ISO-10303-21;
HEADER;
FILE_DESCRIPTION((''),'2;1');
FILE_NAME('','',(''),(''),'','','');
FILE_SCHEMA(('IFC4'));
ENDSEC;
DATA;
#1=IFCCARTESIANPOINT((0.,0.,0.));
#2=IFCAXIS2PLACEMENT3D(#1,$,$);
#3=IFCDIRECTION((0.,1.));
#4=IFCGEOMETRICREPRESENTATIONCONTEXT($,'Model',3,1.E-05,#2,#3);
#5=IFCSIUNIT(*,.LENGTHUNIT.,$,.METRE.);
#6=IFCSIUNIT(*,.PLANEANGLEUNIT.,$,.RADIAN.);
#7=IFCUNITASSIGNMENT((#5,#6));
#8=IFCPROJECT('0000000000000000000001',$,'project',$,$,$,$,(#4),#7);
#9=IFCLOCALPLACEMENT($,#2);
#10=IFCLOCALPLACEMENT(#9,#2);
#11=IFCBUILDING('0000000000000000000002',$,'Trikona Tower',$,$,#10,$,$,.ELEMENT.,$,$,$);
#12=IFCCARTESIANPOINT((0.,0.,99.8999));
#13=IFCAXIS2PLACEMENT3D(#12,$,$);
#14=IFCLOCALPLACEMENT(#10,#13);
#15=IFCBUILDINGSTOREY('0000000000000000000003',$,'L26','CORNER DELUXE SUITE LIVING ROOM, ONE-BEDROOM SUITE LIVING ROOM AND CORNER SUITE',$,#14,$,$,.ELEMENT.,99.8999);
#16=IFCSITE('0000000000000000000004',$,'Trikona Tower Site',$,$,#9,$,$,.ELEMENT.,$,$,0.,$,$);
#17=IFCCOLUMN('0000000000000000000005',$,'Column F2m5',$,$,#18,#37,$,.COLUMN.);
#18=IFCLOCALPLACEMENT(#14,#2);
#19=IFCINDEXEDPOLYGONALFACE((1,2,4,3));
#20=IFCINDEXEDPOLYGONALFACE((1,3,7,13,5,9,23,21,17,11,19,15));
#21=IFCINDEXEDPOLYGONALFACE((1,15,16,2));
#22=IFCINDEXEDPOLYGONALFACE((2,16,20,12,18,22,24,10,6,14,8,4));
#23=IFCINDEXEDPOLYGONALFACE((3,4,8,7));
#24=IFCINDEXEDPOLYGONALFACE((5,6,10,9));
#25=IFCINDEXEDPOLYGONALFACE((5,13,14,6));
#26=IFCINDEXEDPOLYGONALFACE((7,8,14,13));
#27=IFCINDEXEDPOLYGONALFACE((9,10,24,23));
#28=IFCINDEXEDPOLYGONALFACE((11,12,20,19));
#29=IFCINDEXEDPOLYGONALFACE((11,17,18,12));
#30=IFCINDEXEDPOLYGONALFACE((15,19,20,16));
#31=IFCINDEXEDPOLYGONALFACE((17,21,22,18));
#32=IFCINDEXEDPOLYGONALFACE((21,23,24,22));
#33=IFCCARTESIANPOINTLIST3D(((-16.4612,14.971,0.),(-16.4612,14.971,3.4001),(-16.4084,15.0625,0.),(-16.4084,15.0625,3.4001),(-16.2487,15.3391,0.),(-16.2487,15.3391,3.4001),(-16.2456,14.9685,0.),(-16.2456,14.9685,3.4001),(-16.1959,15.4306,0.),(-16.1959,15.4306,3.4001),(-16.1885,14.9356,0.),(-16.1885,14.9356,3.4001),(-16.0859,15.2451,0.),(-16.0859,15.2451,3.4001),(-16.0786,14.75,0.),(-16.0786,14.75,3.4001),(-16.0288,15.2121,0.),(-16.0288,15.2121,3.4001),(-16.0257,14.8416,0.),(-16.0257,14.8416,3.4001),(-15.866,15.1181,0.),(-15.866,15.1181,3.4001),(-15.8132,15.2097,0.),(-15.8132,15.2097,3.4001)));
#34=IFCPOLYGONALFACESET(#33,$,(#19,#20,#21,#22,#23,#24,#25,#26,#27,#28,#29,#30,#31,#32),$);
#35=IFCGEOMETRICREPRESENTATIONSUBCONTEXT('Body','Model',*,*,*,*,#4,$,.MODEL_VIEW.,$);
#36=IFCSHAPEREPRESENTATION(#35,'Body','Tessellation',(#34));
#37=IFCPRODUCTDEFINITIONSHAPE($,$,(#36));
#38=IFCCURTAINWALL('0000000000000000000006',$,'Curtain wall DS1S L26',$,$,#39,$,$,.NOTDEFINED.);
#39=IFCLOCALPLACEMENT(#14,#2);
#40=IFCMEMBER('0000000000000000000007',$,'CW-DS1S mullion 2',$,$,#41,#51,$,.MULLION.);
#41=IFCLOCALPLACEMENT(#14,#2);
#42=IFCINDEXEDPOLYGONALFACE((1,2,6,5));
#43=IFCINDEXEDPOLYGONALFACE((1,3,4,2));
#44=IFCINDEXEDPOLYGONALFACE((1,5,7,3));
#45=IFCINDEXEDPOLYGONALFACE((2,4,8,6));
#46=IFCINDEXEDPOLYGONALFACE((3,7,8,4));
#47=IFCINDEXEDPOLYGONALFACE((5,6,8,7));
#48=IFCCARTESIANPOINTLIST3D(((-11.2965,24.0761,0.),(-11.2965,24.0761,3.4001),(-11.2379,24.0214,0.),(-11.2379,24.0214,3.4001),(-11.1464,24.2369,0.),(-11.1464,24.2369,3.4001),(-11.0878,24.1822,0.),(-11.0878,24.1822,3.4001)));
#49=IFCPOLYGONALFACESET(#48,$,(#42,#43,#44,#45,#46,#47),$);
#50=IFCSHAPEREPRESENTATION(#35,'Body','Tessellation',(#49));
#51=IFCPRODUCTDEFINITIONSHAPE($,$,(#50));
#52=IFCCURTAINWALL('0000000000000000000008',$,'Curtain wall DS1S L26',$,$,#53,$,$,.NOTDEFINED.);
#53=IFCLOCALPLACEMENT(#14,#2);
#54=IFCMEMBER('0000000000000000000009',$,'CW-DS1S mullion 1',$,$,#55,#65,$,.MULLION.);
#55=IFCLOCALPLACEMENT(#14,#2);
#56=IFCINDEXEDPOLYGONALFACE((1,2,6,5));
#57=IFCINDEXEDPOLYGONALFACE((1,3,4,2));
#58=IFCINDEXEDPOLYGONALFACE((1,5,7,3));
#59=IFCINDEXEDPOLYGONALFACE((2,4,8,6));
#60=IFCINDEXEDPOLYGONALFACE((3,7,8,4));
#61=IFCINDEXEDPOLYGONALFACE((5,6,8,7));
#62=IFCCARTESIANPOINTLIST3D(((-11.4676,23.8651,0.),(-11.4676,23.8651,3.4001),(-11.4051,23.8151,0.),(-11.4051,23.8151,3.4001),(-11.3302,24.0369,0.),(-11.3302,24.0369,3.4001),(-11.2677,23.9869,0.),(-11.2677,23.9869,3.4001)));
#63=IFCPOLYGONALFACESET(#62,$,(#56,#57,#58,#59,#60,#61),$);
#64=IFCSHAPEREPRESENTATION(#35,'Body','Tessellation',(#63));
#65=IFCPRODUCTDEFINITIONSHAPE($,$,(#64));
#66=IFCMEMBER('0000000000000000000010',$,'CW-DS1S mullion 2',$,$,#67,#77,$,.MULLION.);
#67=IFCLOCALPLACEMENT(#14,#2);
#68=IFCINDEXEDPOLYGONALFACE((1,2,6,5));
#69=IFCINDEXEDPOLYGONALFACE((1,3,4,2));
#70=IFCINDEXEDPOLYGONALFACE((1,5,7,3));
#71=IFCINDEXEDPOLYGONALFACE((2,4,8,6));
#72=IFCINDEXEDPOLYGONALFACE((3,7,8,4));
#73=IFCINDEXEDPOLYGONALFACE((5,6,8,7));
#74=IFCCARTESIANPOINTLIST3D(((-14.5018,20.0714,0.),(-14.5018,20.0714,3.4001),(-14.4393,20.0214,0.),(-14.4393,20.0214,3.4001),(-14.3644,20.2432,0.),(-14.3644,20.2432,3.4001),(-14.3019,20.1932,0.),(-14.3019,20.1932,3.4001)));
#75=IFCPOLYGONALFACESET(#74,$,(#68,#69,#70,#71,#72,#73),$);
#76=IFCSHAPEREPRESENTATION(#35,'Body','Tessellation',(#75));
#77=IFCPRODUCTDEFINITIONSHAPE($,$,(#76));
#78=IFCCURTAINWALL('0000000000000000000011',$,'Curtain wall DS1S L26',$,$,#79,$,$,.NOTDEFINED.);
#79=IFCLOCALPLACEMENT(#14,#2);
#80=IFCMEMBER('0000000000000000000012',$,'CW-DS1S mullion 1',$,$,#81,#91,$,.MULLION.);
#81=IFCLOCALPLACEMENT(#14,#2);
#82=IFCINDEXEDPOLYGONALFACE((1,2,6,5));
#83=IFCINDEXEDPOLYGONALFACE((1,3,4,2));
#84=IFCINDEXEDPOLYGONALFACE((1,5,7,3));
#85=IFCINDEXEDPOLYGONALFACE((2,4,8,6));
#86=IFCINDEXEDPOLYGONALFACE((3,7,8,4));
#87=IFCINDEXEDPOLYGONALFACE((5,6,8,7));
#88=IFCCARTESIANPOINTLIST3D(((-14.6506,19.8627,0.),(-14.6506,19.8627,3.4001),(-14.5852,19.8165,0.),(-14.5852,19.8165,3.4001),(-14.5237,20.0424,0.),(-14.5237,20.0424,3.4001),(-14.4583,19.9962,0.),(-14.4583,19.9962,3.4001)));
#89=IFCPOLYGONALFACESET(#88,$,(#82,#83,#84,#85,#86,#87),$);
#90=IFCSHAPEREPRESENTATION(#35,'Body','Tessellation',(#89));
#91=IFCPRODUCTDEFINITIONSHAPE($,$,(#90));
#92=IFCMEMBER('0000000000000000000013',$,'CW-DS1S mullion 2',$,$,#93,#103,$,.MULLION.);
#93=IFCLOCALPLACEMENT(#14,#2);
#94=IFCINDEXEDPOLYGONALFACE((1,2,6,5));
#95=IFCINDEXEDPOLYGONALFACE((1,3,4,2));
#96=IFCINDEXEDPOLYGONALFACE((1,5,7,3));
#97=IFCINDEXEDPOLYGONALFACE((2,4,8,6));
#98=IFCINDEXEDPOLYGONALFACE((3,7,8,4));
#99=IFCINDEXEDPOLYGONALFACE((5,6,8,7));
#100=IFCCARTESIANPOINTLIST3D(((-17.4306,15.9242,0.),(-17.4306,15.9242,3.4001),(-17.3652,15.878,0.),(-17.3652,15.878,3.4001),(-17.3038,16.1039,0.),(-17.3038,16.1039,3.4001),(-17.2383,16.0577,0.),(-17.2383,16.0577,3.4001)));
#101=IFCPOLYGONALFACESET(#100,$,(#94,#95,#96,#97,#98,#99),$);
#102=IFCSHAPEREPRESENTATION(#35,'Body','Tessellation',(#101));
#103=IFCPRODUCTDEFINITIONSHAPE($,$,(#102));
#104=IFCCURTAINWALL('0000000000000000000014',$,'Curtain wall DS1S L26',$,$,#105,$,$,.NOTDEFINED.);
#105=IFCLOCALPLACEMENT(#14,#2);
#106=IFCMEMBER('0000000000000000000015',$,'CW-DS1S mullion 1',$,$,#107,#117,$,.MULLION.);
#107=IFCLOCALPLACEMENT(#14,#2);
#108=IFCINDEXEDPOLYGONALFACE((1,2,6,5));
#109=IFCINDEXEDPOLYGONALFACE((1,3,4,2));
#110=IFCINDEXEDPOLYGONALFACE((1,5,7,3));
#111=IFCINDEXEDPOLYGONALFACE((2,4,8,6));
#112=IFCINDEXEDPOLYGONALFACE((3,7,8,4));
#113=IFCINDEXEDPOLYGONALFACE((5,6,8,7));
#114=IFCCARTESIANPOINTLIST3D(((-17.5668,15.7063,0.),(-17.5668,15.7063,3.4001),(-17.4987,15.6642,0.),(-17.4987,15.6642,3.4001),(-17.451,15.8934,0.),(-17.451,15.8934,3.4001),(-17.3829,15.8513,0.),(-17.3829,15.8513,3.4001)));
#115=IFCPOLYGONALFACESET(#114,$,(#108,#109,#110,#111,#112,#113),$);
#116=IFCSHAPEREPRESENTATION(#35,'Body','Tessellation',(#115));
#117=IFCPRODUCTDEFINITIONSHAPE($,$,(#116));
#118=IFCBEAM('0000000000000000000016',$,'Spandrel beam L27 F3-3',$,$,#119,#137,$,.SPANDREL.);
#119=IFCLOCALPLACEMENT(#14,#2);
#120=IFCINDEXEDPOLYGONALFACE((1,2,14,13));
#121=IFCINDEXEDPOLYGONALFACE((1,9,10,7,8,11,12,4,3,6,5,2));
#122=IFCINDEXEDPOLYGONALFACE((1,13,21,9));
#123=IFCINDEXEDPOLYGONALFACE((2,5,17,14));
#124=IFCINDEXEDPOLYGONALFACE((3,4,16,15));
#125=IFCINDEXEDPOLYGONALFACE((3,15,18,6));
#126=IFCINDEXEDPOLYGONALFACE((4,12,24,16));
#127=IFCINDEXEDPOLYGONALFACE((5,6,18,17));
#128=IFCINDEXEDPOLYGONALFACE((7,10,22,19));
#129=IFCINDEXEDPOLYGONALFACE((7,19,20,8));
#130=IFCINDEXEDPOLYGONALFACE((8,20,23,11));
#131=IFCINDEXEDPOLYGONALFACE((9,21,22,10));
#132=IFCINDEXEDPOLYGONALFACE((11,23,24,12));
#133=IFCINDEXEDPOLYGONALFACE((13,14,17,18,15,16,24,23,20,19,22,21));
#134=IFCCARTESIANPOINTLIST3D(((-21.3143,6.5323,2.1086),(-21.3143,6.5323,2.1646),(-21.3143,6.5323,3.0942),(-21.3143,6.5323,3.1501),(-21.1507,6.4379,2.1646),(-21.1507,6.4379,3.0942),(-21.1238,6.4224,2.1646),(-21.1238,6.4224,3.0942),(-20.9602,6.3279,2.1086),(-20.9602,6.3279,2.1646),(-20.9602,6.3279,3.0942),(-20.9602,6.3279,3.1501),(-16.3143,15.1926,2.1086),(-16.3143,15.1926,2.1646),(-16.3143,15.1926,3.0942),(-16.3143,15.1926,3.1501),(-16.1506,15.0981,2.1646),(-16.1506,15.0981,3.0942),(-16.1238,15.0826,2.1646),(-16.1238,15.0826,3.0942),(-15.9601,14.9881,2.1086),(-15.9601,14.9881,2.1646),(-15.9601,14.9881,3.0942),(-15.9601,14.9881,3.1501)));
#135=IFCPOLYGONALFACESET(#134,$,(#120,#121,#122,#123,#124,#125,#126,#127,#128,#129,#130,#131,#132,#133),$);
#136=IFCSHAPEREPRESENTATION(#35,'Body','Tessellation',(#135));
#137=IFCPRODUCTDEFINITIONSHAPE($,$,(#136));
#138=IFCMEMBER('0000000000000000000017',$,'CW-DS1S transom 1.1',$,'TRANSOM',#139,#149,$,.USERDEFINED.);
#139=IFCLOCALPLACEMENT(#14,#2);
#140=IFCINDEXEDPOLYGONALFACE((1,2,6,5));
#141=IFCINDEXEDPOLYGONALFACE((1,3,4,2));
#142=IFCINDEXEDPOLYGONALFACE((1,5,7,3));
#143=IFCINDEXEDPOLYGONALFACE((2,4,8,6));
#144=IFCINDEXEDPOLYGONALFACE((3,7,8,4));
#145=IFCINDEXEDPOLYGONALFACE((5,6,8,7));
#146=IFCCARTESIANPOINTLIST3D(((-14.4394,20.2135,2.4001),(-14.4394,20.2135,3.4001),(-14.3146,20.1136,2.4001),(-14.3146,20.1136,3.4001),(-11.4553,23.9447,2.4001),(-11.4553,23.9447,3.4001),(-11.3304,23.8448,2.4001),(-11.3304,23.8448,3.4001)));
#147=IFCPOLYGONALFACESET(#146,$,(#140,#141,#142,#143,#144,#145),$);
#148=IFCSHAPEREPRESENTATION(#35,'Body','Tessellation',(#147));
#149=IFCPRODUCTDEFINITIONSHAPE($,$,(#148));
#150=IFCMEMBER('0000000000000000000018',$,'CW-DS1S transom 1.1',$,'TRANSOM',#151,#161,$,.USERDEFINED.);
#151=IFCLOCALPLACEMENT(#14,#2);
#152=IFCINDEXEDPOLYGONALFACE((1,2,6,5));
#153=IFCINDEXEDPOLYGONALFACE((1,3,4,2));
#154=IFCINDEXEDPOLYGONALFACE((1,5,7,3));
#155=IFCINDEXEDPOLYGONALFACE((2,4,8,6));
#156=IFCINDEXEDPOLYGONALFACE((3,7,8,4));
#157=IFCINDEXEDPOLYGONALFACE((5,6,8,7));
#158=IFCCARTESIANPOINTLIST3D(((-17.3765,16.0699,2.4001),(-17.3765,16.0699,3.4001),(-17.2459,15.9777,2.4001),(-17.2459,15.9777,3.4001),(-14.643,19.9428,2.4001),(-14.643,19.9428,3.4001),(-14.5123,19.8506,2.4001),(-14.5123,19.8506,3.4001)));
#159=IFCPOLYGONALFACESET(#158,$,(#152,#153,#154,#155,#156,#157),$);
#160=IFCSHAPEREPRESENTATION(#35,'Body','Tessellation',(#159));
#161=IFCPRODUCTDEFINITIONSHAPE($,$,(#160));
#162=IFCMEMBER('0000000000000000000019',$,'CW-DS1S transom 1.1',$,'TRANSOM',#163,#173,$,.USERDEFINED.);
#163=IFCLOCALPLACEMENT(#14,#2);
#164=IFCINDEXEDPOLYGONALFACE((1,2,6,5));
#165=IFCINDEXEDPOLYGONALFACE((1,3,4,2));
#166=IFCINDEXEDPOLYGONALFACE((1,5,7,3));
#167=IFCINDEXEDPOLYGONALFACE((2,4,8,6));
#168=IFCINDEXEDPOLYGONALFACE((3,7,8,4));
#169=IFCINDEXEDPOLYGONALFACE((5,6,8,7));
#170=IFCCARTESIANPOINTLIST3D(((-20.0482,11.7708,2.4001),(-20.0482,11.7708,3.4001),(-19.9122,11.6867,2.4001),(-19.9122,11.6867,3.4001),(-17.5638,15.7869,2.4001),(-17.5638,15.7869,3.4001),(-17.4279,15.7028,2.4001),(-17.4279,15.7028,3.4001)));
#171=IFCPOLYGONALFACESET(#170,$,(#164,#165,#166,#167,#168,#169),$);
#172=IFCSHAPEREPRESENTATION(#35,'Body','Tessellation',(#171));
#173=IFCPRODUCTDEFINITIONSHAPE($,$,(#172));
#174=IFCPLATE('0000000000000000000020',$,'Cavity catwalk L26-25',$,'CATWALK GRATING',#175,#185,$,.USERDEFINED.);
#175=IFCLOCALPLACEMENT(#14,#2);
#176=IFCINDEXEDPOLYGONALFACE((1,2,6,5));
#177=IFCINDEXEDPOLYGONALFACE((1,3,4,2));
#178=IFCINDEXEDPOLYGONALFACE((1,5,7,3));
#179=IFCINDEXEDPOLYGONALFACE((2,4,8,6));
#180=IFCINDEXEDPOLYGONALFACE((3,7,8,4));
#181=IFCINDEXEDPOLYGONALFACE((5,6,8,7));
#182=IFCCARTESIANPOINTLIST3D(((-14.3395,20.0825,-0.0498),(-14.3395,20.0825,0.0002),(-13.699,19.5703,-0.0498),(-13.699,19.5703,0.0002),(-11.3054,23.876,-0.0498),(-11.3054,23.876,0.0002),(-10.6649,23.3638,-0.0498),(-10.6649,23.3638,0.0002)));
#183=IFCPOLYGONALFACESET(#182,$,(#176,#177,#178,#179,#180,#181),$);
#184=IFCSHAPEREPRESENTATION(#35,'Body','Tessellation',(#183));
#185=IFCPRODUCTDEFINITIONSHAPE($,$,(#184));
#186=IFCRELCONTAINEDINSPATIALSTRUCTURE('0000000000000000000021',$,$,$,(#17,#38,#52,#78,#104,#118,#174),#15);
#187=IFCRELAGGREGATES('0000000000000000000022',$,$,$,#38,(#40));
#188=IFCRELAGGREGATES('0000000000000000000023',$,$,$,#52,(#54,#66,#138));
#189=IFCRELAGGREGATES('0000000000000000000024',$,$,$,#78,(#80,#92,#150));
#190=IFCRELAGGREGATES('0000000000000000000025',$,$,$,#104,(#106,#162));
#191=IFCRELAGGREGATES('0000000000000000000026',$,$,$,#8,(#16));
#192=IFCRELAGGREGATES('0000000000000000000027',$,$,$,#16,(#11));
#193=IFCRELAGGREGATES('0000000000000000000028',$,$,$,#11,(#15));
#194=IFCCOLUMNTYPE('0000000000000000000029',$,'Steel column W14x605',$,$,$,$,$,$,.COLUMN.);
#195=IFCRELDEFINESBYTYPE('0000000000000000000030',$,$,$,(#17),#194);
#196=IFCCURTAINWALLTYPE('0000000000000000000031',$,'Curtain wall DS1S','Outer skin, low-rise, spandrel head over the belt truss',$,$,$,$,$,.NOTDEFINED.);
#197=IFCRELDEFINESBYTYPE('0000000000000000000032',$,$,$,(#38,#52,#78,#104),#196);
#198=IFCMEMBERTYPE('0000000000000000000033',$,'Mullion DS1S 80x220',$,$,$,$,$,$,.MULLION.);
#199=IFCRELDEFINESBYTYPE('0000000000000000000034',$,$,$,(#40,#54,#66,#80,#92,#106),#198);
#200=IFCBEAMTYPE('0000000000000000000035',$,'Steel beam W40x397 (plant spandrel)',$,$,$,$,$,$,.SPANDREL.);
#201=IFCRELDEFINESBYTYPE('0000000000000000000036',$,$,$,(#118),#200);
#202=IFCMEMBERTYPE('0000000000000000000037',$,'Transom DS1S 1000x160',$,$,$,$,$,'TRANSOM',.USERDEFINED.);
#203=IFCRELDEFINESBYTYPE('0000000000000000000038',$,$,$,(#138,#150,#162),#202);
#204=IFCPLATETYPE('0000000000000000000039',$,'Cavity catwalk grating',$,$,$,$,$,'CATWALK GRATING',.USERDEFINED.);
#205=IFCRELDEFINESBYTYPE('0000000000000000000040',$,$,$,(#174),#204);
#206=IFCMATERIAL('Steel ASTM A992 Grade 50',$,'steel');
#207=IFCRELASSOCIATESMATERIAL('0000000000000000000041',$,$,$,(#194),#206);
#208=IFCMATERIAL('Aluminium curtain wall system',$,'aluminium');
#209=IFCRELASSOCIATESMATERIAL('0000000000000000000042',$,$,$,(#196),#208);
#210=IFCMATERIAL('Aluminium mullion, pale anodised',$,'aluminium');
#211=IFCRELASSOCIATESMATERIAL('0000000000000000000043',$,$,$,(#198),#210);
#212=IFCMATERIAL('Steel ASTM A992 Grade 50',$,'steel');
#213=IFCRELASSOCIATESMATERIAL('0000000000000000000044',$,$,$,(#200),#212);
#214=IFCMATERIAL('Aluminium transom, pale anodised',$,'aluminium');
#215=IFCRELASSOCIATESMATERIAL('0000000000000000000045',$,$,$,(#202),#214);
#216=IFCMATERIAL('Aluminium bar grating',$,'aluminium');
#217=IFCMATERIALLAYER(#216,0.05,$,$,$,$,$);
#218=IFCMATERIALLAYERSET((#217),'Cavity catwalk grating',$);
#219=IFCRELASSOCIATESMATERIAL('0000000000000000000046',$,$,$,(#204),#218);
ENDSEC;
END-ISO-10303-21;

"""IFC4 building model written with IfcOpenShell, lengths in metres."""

from ifc_helpers import new_model, si_unit, direction, frame, origin, origin_2d, place, context, subcontext, project, spatial, rectangle, i_section, extrude, material, layer, layer_set, material_profile, profile_set, type_object, element, aggregate, save


model = new_model("IFC4")

# Units and contexts
model_context = context("Model", 3, precision=1e-05, world=origin(), true_north=direction((0.0, 1.0)))
body_context = subcontext(model_context, "Body", "Model", "MODEL_VIEW")
ifc_project = project(units=[si_unit("LENGTHUNIT", "METRE"), si_unit("PLANEANGLEUNIT", "RADIAN")], contexts=[model_context])

# Site, building, storey
site_placement = place(None, origin())
site = spatial("IfcSite", under=ifc_project, at=site_placement, Name="Trikona Tower Site", CompositionType="ELEMENT", RefElevation=0.0)
building_placement = place(site_placement, origin())
building = spatial("IfcBuilding", under=site, at=building_placement, Name="Trikona Tower", CompositionType="ELEMENT")
storey_placement = place(building_placement, frame((0.0, 0.0, 99.8999)))
storey = spatial("IfcBuildingStorey", under=building, at=storey_placement, Name="L26", Description="CORNER DELUXE SUITE LIVING ROOM, ONE-BEDROOM SUITE LIVING ROOM AND CORNER SUITE", CompositionType="ELEMENT", Elevation=99.8999)

# Column
ifc_material_1 = material(Name="Steel ASTM A992 Grade 50", Category="steel")
ifc_material_profile_1 = material_profile(ifc_material_1, i_section(OverallWidth=0.4419, OverallDepth=0.5308, WebThickness=0.0659, FlangeThickness=0.1057, at=origin_2d()), Name="W14X605")
ifc_profile_set_1 = profile_set([ifc_material_profile_1], Name="Steel ASTM A992 Grade 50")
column_type = type_object("IfcColumnType", Name="Steel column W14x605", PredefinedType="COLUMN", material=ifc_profile_set_1)
column_placement = place(storey_placement, frame((-16.1372, 15.0903, 0.0), z_axis=(0.0, 0.0, 1.0), x_axis=(-0.866025, 0.5, 0.0)))
element("IfcColumn", 1, at=column_placement, inside=storey, type_object=column_type, Name="Column F2m5", PredefinedType="COLUMN", context=body_context, shape_type="SweptSolid", body=[
    extrude(i_section(OverallWidth=0.4419, OverallDepth=0.5308, WebThickness=0.0659, FlangeThickness=0.1057, at=origin_2d()), origin(), (0.0, 0.0, 1.0), 3.4001),
])

# Curtain wall, member
ifc_material_2 = material(Name="Aluminium curtain wall system", Category="aluminium")
curtain_wall_type = type_object("IfcCurtainWallType", Name="Curtain wall DS1S", Description="Outer skin, low-rise, spandrel head over the belt truss", PredefinedType="NOTDEFINED", material=ifc_material_2)
curtain_wall_1_placement = place(storey_placement, origin())
curtain_wall_1 = element("IfcCurtainWall", 2, at=curtain_wall_1_placement, inside=storey, type_object=curtain_wall_type, Name="Curtain wall DS1S L26", PredefinedType="NOTDEFINED")
ifc_material_3 = material(Name="Aluminium mullion, pale anodised", Category="aluminium")
ifc_material_profile_2 = material_profile(ifc_material_3, rectangle(XDim=0.0801, YDim=0.22, at=origin_2d()), Name="MUL-DS1S")
ifc_profile_set_2 = profile_set([ifc_material_profile_2], Name="Aluminium mullion, pale anodised")
member_type_1 = type_object("IfcMemberType", Name="Mullion DS1S 80x220", PredefinedType="MULLION", material=ifc_profile_set_2)
member_1_placement = place(storey_placement, frame((-11.1921, 24.1292, 0.0), z_axis=(0.0, 0.0, 1.0), x_axis=(0.731077, -0.682295, 0.0)))
member_1 = element("IfcMember", 3, at=member_1_placement, type_object=member_type_1, Name="CW-DS1S mullion 2", PredefinedType="MULLION", context=body_context, shape_type="SweptSolid", body=[
    extrude(rectangle(XDim=0.0801, YDim=0.22, at=origin_2d()), origin(), (0.0, 0.0, 1.0), 3.4001),
])
aggregate(curtain_wall_1, [member_1])

# Curtain walls, members
curtain_wall_2_placement = place(storey_placement, origin())
curtain_wall_2 = element("IfcCurtainWall", 4, at=curtain_wall_2_placement, inside=storey, type_object=curtain_wall_type, Name="Curtain wall DS1S L26", PredefinedType="NOTDEFINED")
member_2_placement = place(storey_placement, frame((-11.3677, 23.926, 0.0), z_axis=(0.0, 0.0, 1.0), x_axis=(0.780938, -0.624609, 0.0)))
member_2 = element("IfcMember", 5, at=member_2_placement, type_object=member_type_1, Name="CW-DS1S mullion 1", PredefinedType="MULLION", context=body_context, shape_type="SweptSolid", body=[
    extrude(rectangle(XDim=0.0801, YDim=0.22, at=origin_2d()), origin(), (0.0, 0.0, 1.0), 3.4001),
])
member_3_placement = place(storey_placement, frame((-14.4019, 20.1323, 0.0), z_axis=(0.0, 0.0, 1.0), x_axis=(0.780938, -0.624609, 0.0)))
member_3 = element("IfcMember", 6, at=member_3_placement, type_object=member_type_1, Name="CW-DS1S mullion 2", PredefinedType="MULLION", context=body_context, shape_type="SweptSolid", body=[
    extrude(rectangle(XDim=0.0801, YDim=0.22, at=origin_2d()), origin(), (0.0, 0.0, 1.0), 3.4001),
])
curtain_wall_3_placement = place(storey_placement, origin())
curtain_wall_3 = element("IfcCurtainWall", 7, at=curtain_wall_3_placement, inside=storey, type_object=curtain_wall_type, Name="Curtain wall DS1S L26", PredefinedType="NOTDEFINED")
member_4_placement = place(storey_placement, frame((-14.5544, 19.9294, 0.0), z_axis=(0.0, 0.0, 1.0), x_axis=(0.816985, -0.576658, 0.0)))
member_4 = element("IfcMember", 8, at=member_4_placement, type_object=member_type_1, Name="CW-DS1S mullion 1", PredefinedType="MULLION", context=body_context, shape_type="SweptSolid", body=[
    extrude(rectangle(XDim=0.0801, YDim=0.22, at=origin_2d()), origin(), (0.0, 0.0, 1.0), 3.4001),
])
member_5_placement = place(storey_placement, frame((-17.3345, 15.991, 0.0), z_axis=(0.0, 0.0, 1.0), x_axis=(0.816985, -0.576658, 0.0)))
member_5 = element("IfcMember", 9, at=member_5_placement, type_object=member_type_1, Name="CW-DS1S mullion 2", PredefinedType="MULLION", context=body_context, shape_type="SweptSolid", body=[
    extrude(rectangle(XDim=0.0801, YDim=0.22, at=origin_2d()), origin(), (0.0, 0.0, 1.0), 3.4001),
])

# Curtain wall, member
curtain_wall_4_placement = place(storey_placement, origin())
curtain_wall_4 = element("IfcCurtainWall", 10, at=curtain_wall_4_placement, inside=storey, type_object=curtain_wall_type, Name="Curtain wall DS1S L26", PredefinedType="NOTDEFINED")
member_6_placement = place(storey_placement, frame((-17.4749, 15.7788, 0.0), z_axis=(0.0, 0.0, 1.0), x_axis=(0.85041, -0.52612, 0.0)))
member_6 = element("IfcMember", 11, at=member_6_placement, type_object=member_type_1, Name="CW-DS1S mullion 1", PredefinedType="MULLION", context=body_context, shape_type="SweptSolid", body=[
    extrude(rectangle(XDim=0.0801, YDim=0.22, at=origin_2d()), origin(), (0.0, 0.0, 1.0), 3.4001),
])

# Beam
ifc_material_4 = material(Name="Steel ASTM A992 Grade 50", Category="steel")
ifc_material_profile_3 = material_profile(ifc_material_4, i_section(OverallWidth=0.4089, OverallDepth=1.0415, WebThickness=0.031, FlangeThickness=0.0559, at=origin_2d()), Name="W40X397")
ifc_profile_set_3 = profile_set([ifc_material_profile_3], Name="Steel ASTM A992 Grade 50")
beam_type = type_object("IfcBeamType", Name="Steel beam W40x397 (plant spandrel)", PredefinedType="SPANDREL", material=ifc_profile_set_3)
beam_placement = place(storey_placement, frame((-16.1372, 15.0903, 2.6294), z_axis=(-0.500004, -0.866023, 0.0), x_axis=(0.866023, -0.500004, 0.0)))
element("IfcBeam", 12, at=beam_placement, inside=storey, type_object=beam_type, Name="Spandrel beam L27 F3-3", PredefinedType="SPANDREL", context=body_context, shape_type="SweptSolid", body=[
    extrude(i_section(OverallWidth=0.4089, OverallDepth=1.0415, WebThickness=0.031, FlangeThickness=0.0559, at=origin_2d()), origin(), (0.0, 0.0, 1.0), 10.0),
])

# Members
ifc_material_5 = material(Name="Aluminium transom, pale anodised", Category="aluminium")
ifc_material_profile_4 = material_profile(ifc_material_5, rectangle(XDim=0.1599, YDim=1.0, at=origin_2d()), Name="TRN-DS1S")
ifc_profile_set_4 = profile_set([ifc_material_profile_4], Name="Aluminium transom, pale anodised")
member_type_2 = type_object("IfcMemberType", Name="Transom DS1S 1000x160", ElementType="TRANSOM", PredefinedType="USERDEFINED", material=ifc_profile_set_4)
member_7_placement = place(storey_placement, frame((-11.3928, 23.8948, 2.9001), z_axis=(-0.624589, -0.780954, 0.0), x_axis=(0.780954, -0.624589, 0.0)))
member_7 = element("IfcMember", 13, at=member_7_placement, type_object=member_type_2, Name="CW-DS1S transom 1.1", ObjectType="TRANSOM", PredefinedType="USERDEFINED", context=body_context, shape_type="SweptSolid", body=[
    extrude(rectangle(XDim=0.1599, YDim=1.0, at=origin_2d()), origin(), (0.0, 0.0, 1.0), 4.7778),
])
member_8_placement = place(storey_placement, frame((-14.5776, 19.8967, 2.9001), z_axis=(-0.576645, -0.816995, 0.0), x_axis=(0.816995, -0.576645, 0.0)))
member_8 = element("IfcMember", 14, at=member_8_placement, type_object=member_type_2, Name="CW-DS1S transom 1.1", ObjectType="TRANSOM", PredefinedType="USERDEFINED", context=body_context, shape_type="SweptSolid", body=[
    extrude(rectangle(XDim=0.1599, YDim=1.0, at=origin_2d()), origin(), (0.0, 0.0, 1.0), 4.7405),
])
member_9_placement = place(storey_placement, frame((-17.4958, 15.7449, 2.9001), z_axis=(-0.526081, -0.850435, 0.0), x_axis=(0.850435, -0.526081, 0.0)))
member_9 = element("IfcMember", 15, at=member_9_placement, type_object=member_type_2, Name="CW-DS1S transom 1.1", ObjectType="TRANSOM", PredefinedType="USERDEFINED", context=body_context, shape_type="SweptSolid", body=[
    extrude(rectangle(XDim=0.1599, YDim=1.0, at=origin_2d()), origin(), (0.0, 0.0, 1.0), 4.7224),
])

# Plate
ifc_material_6 = material(Name="Aluminium bar grating", Category="aluminium")
ifc_layer_1 = layer(ifc_material_6, 0.05)
ifc_layer_set_1 = layer_set([ifc_layer_1], Name="Cavity catwalk grating")
plate_type_1 = type_object("IfcPlateType", Name="Cavity catwalk grating", ElementType="CATWALK GRATING", PredefinedType="USERDEFINED", material=ifc_layer_set_1)
plate_1_placement = place(storey_placement, frame((-12.5022, 21.7231, -0.0498), z_axis=(0.0, 0.0, 1.0), x_axis=(-0.624604, -0.780942, 0.0)))
element("IfcPlate", 16, at=plate_1_placement, inside=storey, type_object=plate_type_1, Name="Cavity catwalk L26-25", ObjectType="CATWALK GRATING", PredefinedType="USERDEFINED", context=body_context, shape_type="SweptSolid", body=[
    extrude(rectangle(XDim=4.8577, YDim=0.8201, at=origin_2d()), origin(), (0.0, 0.0, 1.0), 0.05),
])

aggregate(curtain_wall_2, [member_2, member_3, member_7])
aggregate(curtain_wall_3, [member_4, member_5, member_8])
aggregate(curtain_wall_4, [member_6, member_9])

save(model, "model.ifc")
